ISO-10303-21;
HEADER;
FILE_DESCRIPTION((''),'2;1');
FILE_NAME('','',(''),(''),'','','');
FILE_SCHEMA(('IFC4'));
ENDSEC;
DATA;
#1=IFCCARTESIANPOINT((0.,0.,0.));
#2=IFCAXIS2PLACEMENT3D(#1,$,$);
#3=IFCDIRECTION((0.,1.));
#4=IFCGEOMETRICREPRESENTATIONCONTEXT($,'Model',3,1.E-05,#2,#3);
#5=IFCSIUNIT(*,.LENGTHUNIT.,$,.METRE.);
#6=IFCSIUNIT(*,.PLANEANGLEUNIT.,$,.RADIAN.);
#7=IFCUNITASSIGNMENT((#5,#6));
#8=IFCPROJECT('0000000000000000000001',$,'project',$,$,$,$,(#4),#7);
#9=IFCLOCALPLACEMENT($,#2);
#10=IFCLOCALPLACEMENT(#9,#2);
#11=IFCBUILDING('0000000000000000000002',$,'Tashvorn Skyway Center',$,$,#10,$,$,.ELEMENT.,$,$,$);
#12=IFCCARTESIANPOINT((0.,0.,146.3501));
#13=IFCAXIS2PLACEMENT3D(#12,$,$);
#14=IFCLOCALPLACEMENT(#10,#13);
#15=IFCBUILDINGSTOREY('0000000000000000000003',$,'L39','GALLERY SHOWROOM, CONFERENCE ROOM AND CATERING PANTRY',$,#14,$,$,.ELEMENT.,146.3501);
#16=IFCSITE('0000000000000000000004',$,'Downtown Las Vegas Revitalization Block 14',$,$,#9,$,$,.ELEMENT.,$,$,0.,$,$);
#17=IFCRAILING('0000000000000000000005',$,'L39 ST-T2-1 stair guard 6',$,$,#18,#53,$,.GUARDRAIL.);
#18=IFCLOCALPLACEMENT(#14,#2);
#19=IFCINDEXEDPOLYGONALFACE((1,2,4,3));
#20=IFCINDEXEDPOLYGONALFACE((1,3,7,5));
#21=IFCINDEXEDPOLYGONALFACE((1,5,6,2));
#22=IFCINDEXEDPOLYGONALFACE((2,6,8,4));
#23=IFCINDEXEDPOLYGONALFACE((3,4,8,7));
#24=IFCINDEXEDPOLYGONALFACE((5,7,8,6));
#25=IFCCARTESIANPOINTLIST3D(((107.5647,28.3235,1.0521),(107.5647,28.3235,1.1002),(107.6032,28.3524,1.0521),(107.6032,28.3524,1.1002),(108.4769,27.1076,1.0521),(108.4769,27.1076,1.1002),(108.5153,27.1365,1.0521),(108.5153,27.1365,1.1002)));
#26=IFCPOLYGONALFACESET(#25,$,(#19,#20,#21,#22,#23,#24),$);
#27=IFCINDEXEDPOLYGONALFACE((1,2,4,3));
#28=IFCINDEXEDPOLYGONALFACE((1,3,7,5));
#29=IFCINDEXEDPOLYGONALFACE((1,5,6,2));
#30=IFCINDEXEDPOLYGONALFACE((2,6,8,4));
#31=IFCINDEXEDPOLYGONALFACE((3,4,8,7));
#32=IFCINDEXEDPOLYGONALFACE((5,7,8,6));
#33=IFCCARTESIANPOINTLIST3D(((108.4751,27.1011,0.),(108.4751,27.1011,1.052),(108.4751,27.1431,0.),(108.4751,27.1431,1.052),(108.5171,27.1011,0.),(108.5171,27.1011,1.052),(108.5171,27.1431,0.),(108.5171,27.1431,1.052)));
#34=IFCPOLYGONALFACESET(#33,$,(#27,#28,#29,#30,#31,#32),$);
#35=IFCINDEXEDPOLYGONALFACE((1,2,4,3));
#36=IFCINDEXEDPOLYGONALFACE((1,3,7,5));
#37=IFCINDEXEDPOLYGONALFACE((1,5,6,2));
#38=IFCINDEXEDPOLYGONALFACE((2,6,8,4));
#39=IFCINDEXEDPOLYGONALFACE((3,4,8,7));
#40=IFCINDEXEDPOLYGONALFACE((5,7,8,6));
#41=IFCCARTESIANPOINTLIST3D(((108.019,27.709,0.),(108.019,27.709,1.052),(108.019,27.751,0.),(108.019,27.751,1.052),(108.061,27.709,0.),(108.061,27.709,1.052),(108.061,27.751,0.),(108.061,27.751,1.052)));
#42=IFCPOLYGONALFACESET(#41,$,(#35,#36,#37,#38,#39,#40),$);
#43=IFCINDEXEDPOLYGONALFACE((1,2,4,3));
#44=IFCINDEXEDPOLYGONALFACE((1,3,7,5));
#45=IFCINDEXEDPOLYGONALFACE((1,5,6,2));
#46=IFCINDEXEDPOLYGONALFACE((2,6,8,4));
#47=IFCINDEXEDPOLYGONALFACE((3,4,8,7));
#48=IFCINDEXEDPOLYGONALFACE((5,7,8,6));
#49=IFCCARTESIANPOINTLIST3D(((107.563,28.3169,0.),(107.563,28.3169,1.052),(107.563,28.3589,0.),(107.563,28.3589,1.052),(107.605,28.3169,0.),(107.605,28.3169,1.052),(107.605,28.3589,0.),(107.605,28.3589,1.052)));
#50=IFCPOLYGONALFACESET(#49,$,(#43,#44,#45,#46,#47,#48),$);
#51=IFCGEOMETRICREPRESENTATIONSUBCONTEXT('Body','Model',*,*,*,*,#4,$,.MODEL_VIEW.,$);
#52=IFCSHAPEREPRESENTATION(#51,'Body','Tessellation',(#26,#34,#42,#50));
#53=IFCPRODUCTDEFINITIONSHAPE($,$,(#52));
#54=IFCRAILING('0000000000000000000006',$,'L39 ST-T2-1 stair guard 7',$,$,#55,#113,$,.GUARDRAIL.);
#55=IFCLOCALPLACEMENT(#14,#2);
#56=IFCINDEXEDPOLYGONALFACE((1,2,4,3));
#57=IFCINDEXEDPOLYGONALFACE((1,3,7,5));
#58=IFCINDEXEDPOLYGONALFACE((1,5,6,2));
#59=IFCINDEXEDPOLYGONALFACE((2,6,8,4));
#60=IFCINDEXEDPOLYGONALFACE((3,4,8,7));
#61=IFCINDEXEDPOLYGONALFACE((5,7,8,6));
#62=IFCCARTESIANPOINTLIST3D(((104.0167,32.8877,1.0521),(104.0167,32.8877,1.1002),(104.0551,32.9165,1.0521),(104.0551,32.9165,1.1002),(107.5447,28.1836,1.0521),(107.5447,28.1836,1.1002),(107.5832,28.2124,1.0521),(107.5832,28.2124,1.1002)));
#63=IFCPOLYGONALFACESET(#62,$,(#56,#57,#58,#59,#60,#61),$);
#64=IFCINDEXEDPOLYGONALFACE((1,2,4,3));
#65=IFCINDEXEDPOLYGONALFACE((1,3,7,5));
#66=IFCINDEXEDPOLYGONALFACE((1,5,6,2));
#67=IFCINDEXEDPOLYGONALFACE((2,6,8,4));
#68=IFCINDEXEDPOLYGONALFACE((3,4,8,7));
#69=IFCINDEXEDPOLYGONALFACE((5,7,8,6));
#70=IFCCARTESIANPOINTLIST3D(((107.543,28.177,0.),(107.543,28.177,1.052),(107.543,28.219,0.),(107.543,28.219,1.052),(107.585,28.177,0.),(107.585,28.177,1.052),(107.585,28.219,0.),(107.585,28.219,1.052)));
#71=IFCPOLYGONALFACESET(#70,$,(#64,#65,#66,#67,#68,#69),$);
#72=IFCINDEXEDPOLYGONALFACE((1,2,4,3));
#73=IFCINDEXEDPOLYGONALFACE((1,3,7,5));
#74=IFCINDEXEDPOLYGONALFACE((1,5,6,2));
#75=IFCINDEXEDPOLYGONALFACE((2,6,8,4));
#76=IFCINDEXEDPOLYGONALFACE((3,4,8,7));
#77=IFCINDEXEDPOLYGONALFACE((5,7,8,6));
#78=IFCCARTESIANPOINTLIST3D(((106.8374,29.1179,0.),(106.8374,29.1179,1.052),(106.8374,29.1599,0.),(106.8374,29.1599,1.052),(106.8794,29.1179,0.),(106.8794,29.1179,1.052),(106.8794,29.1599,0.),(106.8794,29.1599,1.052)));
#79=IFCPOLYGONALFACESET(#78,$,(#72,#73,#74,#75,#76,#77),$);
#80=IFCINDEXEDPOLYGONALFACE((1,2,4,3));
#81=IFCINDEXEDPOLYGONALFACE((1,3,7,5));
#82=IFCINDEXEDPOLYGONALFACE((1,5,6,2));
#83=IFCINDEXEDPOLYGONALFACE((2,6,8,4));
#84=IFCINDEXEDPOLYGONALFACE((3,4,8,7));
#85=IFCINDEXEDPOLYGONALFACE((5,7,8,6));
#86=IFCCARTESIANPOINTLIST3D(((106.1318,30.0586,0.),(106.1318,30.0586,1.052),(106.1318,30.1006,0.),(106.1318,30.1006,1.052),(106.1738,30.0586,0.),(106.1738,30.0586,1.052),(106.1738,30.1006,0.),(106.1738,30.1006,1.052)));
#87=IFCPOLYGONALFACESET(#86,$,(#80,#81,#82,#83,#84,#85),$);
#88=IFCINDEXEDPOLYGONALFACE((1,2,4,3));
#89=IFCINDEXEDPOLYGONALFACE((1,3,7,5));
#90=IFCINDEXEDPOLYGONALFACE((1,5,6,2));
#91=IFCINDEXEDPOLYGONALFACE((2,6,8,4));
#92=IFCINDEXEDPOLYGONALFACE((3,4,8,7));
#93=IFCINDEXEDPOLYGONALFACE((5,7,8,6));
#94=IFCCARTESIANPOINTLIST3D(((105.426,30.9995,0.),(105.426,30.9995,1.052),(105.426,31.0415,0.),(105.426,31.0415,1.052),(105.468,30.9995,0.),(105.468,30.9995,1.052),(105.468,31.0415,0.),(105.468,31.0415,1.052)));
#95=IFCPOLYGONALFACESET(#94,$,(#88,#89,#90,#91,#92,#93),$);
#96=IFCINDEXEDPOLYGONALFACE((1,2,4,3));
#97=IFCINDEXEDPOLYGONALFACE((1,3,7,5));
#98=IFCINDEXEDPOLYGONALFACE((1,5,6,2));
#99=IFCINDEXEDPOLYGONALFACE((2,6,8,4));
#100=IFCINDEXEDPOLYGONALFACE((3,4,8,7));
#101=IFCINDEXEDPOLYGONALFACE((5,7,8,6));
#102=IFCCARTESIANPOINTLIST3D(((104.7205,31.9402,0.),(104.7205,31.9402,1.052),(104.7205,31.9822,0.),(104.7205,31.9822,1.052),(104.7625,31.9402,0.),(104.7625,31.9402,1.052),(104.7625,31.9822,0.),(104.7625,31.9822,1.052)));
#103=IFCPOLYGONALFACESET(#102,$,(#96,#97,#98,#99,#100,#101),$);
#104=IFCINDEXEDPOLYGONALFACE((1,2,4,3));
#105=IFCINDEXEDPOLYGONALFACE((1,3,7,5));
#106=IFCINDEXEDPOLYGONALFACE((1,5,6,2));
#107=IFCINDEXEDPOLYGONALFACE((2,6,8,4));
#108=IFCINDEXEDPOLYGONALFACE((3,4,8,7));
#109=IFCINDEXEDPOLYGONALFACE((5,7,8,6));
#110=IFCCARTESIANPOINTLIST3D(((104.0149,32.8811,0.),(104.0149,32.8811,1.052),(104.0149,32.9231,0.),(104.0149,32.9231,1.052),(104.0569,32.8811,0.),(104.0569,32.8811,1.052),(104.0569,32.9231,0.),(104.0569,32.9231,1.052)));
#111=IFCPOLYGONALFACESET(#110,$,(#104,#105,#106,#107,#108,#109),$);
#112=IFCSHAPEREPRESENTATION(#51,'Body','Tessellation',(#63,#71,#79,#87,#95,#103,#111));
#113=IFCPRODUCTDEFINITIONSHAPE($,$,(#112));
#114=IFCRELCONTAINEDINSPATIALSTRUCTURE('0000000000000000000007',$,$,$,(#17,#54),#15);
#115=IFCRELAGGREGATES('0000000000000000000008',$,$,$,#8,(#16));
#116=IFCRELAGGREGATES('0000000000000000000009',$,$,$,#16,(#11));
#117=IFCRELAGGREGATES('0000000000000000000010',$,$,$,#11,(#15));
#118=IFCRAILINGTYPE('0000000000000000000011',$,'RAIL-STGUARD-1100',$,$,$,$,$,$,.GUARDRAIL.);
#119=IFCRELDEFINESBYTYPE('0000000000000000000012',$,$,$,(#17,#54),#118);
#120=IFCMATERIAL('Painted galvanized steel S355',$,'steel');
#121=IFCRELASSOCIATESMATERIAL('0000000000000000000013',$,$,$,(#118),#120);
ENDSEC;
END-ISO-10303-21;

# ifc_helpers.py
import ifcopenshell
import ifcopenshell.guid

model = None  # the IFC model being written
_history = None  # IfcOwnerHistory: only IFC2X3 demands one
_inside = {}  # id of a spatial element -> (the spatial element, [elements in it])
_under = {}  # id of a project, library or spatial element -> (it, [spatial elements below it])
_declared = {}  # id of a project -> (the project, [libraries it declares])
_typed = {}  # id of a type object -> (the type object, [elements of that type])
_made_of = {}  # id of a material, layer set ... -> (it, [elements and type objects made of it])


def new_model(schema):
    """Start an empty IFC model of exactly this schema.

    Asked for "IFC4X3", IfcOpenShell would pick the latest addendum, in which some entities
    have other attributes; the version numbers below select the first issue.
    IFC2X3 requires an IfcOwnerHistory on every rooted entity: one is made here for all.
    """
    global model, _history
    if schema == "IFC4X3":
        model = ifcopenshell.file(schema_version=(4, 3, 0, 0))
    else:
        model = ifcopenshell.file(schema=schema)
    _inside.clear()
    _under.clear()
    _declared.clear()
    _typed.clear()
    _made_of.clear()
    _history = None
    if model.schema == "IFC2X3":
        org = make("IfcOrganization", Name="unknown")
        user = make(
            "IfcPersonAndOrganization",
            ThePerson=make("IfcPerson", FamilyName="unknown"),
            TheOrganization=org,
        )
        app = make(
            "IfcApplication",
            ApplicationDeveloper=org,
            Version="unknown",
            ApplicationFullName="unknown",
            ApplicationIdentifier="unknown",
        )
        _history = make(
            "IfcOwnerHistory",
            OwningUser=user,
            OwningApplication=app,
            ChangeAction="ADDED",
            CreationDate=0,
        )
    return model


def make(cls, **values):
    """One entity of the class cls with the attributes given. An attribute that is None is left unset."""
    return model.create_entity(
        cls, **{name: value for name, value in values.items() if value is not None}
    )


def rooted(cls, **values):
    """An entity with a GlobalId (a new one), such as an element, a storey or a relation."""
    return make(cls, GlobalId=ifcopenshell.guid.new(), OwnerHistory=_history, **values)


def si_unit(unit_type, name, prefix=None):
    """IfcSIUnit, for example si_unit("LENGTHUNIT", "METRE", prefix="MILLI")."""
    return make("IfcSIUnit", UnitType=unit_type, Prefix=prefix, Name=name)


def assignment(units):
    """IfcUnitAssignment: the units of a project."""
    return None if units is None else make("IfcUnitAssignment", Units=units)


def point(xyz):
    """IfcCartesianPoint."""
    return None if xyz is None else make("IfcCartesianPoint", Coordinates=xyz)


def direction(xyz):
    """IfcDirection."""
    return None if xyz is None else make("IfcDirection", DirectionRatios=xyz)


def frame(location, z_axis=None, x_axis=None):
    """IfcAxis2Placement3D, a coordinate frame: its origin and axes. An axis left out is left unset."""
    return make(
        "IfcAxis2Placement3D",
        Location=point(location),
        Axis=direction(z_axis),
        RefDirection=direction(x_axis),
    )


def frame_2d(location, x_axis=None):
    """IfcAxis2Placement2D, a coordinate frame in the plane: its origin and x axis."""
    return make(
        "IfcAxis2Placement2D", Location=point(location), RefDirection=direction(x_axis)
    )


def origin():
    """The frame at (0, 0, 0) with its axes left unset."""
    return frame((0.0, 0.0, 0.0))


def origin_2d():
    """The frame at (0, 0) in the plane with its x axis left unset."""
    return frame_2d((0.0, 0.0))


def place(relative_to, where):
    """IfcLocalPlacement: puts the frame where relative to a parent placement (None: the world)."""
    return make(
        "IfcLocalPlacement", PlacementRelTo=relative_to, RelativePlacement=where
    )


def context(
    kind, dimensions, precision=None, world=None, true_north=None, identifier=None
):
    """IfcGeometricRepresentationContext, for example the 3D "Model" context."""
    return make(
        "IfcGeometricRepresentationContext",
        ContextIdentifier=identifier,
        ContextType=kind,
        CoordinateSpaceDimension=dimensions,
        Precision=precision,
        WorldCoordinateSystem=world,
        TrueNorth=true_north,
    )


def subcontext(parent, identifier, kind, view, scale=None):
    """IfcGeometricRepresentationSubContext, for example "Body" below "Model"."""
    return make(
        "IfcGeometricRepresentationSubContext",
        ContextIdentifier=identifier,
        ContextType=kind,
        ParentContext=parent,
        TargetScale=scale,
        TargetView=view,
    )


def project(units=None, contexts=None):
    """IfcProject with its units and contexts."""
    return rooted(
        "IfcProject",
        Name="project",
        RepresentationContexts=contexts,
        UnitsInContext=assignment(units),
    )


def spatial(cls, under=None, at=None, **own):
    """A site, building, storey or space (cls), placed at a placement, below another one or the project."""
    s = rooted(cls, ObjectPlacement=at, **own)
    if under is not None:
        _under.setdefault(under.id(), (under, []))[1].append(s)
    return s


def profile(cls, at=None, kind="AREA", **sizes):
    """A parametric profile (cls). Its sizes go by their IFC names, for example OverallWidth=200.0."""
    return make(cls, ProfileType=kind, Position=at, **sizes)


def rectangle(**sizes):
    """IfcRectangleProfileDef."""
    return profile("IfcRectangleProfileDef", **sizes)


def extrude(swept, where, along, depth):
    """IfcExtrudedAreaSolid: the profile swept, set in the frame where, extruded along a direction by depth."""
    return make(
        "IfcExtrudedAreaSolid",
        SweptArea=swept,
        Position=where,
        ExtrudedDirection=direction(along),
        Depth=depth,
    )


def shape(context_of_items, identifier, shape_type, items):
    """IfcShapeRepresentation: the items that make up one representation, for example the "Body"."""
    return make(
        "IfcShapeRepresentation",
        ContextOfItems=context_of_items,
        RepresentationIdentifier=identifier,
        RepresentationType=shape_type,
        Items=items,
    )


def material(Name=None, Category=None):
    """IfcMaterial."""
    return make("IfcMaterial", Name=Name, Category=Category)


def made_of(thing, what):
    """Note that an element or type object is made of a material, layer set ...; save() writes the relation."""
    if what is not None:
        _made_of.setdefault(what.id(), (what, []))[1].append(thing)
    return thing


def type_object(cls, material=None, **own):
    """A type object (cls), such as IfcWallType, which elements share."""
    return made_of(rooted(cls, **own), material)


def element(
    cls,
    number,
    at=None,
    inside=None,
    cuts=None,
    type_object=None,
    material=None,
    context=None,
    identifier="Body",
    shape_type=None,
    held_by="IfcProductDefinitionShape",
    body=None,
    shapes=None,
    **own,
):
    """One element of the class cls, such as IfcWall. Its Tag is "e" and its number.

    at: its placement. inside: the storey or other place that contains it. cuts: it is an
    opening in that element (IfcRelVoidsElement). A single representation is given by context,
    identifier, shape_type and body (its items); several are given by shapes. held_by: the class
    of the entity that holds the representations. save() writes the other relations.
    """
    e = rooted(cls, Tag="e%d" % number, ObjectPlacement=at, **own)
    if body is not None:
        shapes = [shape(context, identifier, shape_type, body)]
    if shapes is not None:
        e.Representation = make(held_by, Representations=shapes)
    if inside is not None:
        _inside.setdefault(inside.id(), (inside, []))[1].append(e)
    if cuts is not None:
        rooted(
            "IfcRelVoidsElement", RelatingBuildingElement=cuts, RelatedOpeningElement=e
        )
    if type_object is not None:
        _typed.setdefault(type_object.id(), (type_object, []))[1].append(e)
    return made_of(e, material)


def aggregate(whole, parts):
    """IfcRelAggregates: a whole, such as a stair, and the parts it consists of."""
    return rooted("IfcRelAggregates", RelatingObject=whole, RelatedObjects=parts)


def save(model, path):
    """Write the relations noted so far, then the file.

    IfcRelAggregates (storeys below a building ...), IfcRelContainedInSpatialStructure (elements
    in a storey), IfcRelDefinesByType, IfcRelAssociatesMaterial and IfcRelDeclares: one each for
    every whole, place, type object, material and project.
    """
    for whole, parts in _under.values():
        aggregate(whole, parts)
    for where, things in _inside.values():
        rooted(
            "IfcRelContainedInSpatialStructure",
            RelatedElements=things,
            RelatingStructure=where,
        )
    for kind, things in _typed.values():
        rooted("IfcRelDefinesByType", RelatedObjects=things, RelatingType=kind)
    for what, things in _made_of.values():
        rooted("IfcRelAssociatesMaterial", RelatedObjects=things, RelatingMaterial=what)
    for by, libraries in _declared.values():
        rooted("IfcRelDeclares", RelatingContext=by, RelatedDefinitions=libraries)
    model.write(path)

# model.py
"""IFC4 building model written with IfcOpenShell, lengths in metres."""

from ifc_helpers import new_model, si_unit, direction, frame, origin, origin_2d, place, context, subcontext, project, spatial, rectangle, extrude, material, type_object, element, save


model = new_model("IFC4")

# Units and contexts
model_context = context("Model", 3, precision=1e-05, world=origin(), true_north=direction((0.0, 1.0)))
body_context = subcontext(model_context, "Body", "Model", "MODEL_VIEW")
ifc_project = project(units=[si_unit("LENGTHUNIT", "METRE"), si_unit("PLANEANGLEUNIT", "RADIAN")], contexts=[model_context])

# Site, building, storey
site_placement = place(None, origin())
site = spatial("IfcSite", under=ifc_project, at=site_placement, Name="Downtown Las Vegas Revitalization Block 14", CompositionType="ELEMENT", RefElevation=0.0)
building_placement = place(site_placement, origin())
building = spatial("IfcBuilding", under=site, at=building_placement, Name="Tashvorn Skyway Center", CompositionType="ELEMENT")
storey_placement = place(building_placement, frame((0.0, 0.0, 146.3501)))
storey = spatial("IfcBuildingStorey", under=building, at=storey_placement, Name="L39", Description="GALLERY SHOWROOM, CONFERENCE ROOM AND CATERING PANTRY", CompositionType="ELEMENT", Elevation=146.3501)

# Railings
ifc_material_1 = material(Name="Painted galvanized steel S355", Category="steel")
railing_type = type_object("IfcRailingType", Name="RAIL-STGUARD-1100", PredefinedType="GUARDRAIL", material=ifc_material_1)
railing_1_placement = place(storey_placement, frame((108.4961, 27.1221, 0.0)))
element("IfcRailing", 1, at=railing_1_placement, inside=storey, type_object=railing_type, Name="L39 ST-T2-1 stair guard 6", PredefinedType="GUARDRAIL", context=body_context, shape_type="SweptSolid", body=[
    extrude(rectangle(XDim=0.0481, YDim=0.0481, at=origin_2d()), frame((0.0, 0.0, 1.0762), z_axis=(-0.600103, 0.799923, 0.0), x_axis=(-0.799923, -0.600103, 0.0)), (0.0, 0.0, 1.0), 1.52),
    extrude(rectangle(XDim=0.042, YDim=0.042, at=origin_2d()), origin(), (0.0, 0.0, 1.0), 1.052),
    extrude(rectangle(XDim=0.042, YDim=0.042, at=origin_2d()), frame((-0.4561, 0.6079, 0.0)), (0.0, 0.0, 1.0), 1.052),
    extrude(rectangle(XDim=0.042, YDim=0.042, at=origin_2d()), frame((-0.9121, 1.2158, 0.0)), (0.0, 0.0, 1.0), 1.052),
])
railing_2_placement = place(storey_placement, frame((107.564, 28.198, 0.0)))
element("IfcRailing", 2, at=railing_2_placement, inside=storey, type_object=railing_type, Name="L39 ST-T2-1 stair guard 7", PredefinedType="GUARDRAIL", context=body_context, shape_type="SweptSolid", body=[
    extrude(rectangle(XDim=0.0481, YDim=0.0481, at=origin_2d()), frame((0.0, 0.0, 1.0762), z_axis=(-0.6, 0.8, 0.0), x_axis=(-0.8, -0.6, 0.0)), (0.0, 0.0, 1.0), 5.8801),
    extrude(rectangle(XDim=0.042, YDim=0.042, at=origin_2d()), origin(), (0.0, 0.0, 1.0), 1.052),
    extrude(rectangle(XDim=0.042, YDim=0.042, at=origin_2d()), frame((-0.7056, 0.9409, 0.0)), (0.0, 0.0, 1.0), 1.052),
    extrude(rectangle(XDim=0.042, YDim=0.042, at=origin_2d()), frame((-1.4111, 1.8816, 0.0)), (0.0, 0.0, 1.0), 1.052),
    extrude(rectangle(XDim=0.042, YDim=0.042, at=origin_2d()), frame((-2.1169, 2.8225, 0.0)), (0.0, 0.0, 1.0), 1.052),
    extrude(rectangle(XDim=0.042, YDim=0.042, at=origin_2d()), frame((-2.8225, 3.7632, 0.0)), (0.0, 0.0, 1.0), 1.052),
    extrude(rectangle(XDim=0.042, YDim=0.042, at=origin_2d()), frame((-3.5281, 4.7041, 0.0)), (0.0, 0.0, 1.0), 1.052),
])

save(model, "model.ifc")
